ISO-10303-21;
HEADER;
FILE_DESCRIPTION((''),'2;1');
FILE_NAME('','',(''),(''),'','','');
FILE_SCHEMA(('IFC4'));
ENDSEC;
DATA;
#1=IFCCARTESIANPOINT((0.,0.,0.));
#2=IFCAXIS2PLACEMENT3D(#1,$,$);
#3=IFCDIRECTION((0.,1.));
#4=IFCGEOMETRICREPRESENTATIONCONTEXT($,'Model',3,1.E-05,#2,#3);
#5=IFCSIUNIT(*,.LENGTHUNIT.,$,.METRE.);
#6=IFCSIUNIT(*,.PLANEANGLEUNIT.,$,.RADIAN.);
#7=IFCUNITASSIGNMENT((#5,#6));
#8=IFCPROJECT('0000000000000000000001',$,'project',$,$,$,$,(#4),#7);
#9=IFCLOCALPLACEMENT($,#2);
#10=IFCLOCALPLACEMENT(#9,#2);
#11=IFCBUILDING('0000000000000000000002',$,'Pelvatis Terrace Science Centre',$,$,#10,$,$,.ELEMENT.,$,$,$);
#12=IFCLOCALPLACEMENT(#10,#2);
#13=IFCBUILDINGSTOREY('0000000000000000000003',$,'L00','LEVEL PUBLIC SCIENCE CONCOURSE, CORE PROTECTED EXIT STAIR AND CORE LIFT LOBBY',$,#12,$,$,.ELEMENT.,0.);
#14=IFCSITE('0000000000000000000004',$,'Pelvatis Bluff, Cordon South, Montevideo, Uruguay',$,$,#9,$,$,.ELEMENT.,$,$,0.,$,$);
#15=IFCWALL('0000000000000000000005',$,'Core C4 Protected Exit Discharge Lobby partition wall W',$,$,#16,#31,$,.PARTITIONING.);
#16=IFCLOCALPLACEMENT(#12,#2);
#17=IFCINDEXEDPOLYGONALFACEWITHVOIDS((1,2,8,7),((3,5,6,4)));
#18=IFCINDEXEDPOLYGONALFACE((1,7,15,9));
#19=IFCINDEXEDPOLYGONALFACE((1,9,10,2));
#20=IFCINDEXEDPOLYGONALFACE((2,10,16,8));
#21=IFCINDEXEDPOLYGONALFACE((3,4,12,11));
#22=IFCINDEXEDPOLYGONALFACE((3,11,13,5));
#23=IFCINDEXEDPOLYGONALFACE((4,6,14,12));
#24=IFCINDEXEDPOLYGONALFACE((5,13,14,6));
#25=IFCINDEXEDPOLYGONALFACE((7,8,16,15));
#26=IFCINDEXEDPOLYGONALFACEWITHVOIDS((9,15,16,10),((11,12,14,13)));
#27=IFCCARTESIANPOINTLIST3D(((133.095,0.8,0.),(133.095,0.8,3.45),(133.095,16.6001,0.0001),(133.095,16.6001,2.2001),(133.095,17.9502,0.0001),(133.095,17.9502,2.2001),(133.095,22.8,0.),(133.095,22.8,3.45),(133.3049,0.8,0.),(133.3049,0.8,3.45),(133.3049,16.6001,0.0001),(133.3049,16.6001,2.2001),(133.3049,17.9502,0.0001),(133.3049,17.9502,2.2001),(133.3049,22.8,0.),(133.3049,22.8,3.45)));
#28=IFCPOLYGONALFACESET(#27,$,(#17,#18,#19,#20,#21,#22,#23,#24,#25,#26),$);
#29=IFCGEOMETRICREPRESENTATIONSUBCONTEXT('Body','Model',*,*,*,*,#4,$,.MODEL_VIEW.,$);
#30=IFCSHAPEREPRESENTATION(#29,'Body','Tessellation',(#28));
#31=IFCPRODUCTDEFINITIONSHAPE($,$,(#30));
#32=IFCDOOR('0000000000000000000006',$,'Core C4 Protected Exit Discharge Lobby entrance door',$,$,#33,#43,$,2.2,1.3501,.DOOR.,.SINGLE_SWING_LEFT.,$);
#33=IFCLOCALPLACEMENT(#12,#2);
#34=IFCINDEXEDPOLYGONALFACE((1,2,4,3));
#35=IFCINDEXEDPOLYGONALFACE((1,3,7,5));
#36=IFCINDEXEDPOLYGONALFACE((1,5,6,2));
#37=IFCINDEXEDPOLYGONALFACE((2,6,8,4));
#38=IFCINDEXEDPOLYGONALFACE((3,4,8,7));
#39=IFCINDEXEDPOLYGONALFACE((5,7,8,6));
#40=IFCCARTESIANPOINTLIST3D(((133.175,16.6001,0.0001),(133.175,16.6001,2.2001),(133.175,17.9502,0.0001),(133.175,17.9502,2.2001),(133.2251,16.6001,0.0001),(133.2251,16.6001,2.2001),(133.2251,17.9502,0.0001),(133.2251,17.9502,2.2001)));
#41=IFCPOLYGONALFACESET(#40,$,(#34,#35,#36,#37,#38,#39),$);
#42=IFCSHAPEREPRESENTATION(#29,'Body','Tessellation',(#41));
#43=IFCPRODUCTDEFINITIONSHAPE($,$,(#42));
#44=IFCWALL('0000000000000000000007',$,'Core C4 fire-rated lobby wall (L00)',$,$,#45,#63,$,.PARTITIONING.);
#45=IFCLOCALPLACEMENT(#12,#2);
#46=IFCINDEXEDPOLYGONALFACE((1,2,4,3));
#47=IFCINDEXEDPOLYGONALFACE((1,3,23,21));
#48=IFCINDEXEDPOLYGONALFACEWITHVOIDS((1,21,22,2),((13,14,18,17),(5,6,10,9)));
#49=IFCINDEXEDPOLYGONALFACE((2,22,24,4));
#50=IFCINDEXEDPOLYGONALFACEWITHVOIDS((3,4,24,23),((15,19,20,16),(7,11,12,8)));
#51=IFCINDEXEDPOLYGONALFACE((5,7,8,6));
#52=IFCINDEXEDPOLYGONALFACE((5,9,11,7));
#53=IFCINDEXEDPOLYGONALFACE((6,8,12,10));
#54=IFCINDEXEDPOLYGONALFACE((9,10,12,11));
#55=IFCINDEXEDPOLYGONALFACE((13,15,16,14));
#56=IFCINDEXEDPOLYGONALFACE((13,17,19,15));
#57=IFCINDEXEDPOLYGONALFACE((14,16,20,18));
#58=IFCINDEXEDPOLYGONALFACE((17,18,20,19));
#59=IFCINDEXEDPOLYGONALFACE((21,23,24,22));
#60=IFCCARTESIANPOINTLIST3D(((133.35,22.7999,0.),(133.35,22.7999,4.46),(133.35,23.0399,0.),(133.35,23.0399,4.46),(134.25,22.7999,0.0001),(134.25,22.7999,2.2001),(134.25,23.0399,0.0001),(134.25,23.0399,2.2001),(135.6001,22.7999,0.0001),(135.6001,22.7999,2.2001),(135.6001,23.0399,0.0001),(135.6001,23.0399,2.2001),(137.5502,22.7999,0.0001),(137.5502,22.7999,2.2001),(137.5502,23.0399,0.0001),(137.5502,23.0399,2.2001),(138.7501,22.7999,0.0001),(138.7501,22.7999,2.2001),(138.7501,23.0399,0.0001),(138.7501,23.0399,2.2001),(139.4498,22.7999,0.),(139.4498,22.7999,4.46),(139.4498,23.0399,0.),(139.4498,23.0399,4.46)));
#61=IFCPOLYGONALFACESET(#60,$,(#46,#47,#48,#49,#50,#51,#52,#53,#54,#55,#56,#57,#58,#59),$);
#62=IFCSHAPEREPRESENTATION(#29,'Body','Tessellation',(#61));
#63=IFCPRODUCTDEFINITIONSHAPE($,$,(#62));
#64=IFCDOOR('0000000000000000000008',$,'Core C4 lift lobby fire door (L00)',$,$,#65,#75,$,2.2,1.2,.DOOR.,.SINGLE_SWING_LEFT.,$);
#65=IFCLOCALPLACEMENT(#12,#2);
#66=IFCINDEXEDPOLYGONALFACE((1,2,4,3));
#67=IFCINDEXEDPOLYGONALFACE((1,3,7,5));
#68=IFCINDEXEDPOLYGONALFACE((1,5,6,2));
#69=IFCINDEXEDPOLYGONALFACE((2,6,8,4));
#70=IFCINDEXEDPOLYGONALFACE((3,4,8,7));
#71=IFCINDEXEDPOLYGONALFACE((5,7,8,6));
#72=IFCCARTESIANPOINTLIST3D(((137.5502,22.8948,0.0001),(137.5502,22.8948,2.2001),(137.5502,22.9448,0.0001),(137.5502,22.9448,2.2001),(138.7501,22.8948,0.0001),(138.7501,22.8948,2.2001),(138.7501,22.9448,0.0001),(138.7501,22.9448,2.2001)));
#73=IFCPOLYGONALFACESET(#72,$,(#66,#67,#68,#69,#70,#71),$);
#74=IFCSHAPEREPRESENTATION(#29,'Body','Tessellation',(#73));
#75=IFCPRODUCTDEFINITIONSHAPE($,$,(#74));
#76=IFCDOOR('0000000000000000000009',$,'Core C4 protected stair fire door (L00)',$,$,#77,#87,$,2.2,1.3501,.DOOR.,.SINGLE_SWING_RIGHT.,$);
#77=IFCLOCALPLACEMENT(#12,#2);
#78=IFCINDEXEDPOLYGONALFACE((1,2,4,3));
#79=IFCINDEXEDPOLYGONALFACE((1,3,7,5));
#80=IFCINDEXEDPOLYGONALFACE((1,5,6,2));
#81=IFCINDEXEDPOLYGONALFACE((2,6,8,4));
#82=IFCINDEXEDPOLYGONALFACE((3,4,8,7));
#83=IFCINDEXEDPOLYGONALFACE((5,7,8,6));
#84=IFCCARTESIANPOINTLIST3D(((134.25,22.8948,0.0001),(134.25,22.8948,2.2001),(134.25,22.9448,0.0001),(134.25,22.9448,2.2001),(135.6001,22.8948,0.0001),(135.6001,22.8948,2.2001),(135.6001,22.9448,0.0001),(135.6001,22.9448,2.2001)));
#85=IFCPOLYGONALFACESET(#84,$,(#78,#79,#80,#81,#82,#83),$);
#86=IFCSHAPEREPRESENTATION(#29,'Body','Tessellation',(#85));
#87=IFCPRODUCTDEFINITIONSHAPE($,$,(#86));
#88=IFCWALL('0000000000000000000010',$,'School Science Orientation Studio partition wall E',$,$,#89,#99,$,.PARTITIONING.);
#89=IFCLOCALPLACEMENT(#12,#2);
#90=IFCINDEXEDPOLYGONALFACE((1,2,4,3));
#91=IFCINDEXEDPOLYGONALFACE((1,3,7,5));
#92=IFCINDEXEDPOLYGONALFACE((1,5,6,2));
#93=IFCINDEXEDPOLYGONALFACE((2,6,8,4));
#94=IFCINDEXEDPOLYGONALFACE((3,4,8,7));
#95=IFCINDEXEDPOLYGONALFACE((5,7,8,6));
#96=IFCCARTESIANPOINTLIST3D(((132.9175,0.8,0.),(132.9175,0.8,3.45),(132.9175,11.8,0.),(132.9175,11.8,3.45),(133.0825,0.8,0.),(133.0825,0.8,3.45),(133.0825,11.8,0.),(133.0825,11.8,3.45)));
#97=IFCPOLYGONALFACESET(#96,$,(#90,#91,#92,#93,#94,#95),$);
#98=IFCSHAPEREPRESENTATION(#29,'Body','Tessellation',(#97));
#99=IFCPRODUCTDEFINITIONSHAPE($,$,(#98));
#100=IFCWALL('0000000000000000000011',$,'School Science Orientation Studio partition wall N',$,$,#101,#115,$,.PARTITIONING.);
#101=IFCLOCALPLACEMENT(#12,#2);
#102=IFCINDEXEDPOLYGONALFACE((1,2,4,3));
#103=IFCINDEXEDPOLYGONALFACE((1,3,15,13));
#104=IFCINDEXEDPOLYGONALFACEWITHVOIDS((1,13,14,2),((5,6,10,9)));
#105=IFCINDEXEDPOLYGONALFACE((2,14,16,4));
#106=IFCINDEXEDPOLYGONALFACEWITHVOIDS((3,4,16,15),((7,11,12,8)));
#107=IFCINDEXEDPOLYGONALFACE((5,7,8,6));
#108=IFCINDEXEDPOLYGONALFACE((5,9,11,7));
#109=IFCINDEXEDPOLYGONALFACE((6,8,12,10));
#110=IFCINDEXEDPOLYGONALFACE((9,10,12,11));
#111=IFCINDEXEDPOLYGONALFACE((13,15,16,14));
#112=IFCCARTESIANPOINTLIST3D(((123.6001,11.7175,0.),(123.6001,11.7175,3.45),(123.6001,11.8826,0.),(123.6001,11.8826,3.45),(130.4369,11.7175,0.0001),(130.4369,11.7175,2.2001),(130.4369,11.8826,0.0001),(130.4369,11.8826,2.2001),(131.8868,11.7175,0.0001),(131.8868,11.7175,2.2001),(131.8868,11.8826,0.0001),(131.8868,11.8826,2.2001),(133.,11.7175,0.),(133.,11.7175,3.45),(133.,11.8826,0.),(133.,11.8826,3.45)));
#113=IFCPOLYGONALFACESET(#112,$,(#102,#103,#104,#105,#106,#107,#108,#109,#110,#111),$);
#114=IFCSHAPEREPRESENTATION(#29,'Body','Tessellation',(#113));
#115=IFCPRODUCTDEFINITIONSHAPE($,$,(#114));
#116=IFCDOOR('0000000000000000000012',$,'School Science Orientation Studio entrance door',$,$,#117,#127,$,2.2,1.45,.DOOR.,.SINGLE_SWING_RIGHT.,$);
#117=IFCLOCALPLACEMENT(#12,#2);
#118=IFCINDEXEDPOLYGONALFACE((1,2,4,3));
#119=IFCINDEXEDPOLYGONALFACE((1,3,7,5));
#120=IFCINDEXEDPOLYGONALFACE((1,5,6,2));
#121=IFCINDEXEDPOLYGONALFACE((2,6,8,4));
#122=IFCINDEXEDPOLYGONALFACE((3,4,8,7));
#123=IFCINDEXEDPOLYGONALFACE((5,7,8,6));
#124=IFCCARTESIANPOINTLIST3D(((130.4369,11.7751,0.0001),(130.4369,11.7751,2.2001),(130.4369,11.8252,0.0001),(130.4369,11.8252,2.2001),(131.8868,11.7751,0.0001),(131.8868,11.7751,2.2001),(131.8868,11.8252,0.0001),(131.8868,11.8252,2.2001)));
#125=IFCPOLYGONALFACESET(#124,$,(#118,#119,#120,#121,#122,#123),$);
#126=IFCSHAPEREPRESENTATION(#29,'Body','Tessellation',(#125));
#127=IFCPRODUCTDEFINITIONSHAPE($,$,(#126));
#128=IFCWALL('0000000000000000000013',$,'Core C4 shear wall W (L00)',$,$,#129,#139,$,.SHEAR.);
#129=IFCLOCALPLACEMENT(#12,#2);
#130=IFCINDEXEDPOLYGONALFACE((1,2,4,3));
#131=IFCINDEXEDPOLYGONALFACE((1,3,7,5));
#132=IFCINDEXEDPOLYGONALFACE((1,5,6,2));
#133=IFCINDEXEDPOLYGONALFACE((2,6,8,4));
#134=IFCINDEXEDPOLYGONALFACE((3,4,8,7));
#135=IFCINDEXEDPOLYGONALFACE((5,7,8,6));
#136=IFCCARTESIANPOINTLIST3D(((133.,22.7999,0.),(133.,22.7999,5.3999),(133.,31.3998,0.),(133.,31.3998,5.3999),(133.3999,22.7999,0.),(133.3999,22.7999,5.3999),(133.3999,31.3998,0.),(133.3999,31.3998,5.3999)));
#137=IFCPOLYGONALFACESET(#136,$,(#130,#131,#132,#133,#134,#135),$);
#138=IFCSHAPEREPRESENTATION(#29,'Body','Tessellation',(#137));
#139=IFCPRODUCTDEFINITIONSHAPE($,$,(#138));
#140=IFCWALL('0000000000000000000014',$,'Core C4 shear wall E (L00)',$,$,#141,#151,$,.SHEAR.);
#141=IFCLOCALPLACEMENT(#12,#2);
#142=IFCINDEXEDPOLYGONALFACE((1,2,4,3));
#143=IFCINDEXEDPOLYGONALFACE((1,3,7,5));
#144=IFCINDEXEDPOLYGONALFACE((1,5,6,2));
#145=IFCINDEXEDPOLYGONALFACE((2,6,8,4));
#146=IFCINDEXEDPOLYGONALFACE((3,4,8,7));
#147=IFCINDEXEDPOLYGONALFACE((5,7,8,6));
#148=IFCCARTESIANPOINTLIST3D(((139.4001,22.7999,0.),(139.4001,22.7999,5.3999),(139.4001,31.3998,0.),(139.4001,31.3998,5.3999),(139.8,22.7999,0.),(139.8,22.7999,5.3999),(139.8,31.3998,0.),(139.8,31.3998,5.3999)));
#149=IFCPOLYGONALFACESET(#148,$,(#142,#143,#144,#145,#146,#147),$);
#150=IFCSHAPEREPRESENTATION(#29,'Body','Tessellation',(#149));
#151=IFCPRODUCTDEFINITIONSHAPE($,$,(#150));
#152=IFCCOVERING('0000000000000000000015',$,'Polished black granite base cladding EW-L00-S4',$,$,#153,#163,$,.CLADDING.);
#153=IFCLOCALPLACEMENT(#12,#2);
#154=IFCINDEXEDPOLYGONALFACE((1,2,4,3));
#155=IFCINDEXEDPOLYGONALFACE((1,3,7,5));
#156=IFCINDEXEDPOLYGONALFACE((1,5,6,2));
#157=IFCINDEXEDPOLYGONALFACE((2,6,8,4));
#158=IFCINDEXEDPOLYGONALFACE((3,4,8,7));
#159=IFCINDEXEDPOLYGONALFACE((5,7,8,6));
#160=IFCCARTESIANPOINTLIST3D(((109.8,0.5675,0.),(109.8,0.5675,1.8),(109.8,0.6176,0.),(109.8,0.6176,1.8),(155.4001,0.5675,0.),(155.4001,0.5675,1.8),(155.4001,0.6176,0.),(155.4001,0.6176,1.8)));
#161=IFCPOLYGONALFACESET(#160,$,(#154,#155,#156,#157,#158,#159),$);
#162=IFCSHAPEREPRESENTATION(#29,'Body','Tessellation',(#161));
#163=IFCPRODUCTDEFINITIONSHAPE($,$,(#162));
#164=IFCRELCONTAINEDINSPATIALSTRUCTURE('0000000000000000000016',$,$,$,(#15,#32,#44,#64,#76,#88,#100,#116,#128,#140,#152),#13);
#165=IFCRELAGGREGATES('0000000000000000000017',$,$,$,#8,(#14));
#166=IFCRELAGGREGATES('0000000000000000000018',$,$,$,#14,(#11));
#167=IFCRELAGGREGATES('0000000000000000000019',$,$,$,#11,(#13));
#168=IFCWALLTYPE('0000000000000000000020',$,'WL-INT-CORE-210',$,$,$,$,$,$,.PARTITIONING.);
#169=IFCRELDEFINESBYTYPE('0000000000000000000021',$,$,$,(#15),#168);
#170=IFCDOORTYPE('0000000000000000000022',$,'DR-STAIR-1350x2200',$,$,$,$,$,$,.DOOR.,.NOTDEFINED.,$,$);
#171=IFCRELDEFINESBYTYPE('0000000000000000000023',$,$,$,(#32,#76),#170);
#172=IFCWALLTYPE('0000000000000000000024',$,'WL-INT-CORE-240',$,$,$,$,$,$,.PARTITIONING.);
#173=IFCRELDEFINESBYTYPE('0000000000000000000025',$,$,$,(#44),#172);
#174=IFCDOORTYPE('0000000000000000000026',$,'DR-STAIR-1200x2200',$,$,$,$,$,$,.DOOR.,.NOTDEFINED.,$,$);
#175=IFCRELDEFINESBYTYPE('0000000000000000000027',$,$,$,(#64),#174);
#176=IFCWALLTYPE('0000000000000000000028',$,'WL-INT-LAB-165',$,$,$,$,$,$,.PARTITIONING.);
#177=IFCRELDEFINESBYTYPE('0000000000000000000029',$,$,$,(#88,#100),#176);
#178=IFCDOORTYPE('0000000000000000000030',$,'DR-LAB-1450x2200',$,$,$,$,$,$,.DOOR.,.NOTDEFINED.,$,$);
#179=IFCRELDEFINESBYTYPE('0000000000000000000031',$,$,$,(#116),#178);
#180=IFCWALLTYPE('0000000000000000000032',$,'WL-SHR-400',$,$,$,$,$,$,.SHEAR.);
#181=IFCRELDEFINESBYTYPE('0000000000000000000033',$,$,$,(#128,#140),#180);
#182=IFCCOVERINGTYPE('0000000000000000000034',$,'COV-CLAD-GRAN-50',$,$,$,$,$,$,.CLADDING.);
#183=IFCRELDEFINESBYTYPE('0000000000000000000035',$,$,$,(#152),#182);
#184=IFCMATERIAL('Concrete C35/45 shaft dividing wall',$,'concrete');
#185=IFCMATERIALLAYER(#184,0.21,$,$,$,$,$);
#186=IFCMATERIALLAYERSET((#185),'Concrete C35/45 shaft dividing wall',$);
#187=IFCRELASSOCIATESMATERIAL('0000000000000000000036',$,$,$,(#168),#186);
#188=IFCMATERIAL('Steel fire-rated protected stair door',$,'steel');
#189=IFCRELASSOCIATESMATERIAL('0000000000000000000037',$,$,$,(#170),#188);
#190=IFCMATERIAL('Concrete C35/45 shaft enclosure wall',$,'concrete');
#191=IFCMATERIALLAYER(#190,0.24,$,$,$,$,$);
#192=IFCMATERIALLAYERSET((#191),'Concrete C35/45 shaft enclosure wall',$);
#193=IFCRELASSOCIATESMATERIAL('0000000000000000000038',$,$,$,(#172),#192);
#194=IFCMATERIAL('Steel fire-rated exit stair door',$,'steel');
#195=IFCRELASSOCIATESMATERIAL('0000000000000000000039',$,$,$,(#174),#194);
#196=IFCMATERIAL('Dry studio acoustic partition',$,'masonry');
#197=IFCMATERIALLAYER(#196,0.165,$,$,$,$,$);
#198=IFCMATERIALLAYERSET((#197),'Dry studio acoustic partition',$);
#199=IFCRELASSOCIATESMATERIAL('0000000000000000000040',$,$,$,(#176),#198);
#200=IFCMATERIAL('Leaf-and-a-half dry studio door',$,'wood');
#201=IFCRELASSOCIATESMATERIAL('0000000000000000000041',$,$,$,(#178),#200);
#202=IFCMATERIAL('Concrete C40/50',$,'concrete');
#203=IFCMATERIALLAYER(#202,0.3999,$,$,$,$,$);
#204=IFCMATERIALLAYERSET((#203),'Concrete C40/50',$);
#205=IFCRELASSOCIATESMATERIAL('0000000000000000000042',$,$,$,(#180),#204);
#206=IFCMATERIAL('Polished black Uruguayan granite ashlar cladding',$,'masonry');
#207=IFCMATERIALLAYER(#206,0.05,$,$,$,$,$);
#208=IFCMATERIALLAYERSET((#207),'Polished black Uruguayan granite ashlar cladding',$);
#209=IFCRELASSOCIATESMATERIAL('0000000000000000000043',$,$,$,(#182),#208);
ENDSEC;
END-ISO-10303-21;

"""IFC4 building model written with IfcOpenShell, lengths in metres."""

from ifc_helpers import new_model, si_unit, direction, frame, frame_2d, origin, origin_2d, place, context, subcontext, project, spatial, rectangle, extrude, material, layer, layer_set, type_object, element, fill, save


model = new_model("IFC4")

# Units and contexts
model_context = context("Model", 3, precision=1e-05, world=origin(), true_north=direction((0.0, 1.0)))
body_context = subcontext(model_context, "Body", "Model", "MODEL_VIEW")
ifc_project = project(units=[si_unit("LENGTHUNIT", "METRE"), si_unit("PLANEANGLEUNIT", "RADIAN")], contexts=[model_context])

# Site, building, storey
site_placement = place(None, origin())
site = spatial("IfcSite", under=ifc_project, at=site_placement, Name="Pelvatis Bluff, Cordon South, Montevideo, Uruguay", CompositionType="ELEMENT", RefElevation=0.0)
building_placement = place(site_placement, origin())
building = spatial("IfcBuilding", under=site, at=building_placement, Name="Pelvatis Terrace Science Centre", CompositionType="ELEMENT")
storey_placement = place(building_placement, origin())
storey = spatial("IfcBuildingStorey", under=building, at=storey_placement, Name="L00", Description="LEVEL PUBLIC SCIENCE CONCOURSE, CORE PROTECTED EXIT STAIR AND CORE LIFT LOBBY", CompositionType="ELEMENT", Elevation=0.0)

# Shared definitions
ifc_material_1 = material(Name="Concrete C35/45 shaft dividing wall", Category="concrete")
ifc_layer_1 = layer(ifc_material_1, 0.21)
ifc_layer_set_1 = layer_set([ifc_layer_1], Name="Concrete C35/45 shaft dividing wall")
wall_type_1 = type_object("IfcWallType", Name="WL-INT-CORE-210", PredefinedType="PARTITIONING", material=ifc_layer_set_1)

# Wall, opening, door
wall_1_placement = place(storey_placement, frame((133.2, 0.8, 0.0), z_axis=(0.0, 0.0, 1.0), x_axis=(0.0, 1.0, 0.0)))
wall_1 = element("IfcWall", 1, at=wall_1_placement, inside=storey, type_object=wall_type_1, Name="Core C4 Protected Exit Discharge Lobby partition wall W", PredefinedType="PARTITIONING", context=body_context, shape_type="SweptSolid", body=[
    extrude(rectangle(XDim=22.0, YDim=0.21, at=frame_2d((11.0, 0.0))), origin(), (0.0, 0.0, 1.0), 3.45),
])
opening_1_placement = place(wall_1_placement, frame((15.8, 0.0, 0.0)))
opening_1 = element("IfcOpeningElement", 2, at=opening_1_placement, cuts=wall_1, PredefinedType="OPENING", context=body_context, shape_type="SweptSolid", body=[
    extrude(rectangle(XDim=1.3501, YDim=2.2, at=frame_2d((0.675, 1.1001))), frame((0.0, 0.115, 0.0), z_axis=(0.0, -1.0, 0.0), x_axis=(1.0, 0.0, 0.0)), (0.0, 0.0, 1.0), 0.23),
])
ifc_material_2 = material(Name="Steel fire-rated protected stair door", Category="steel")
door_type_1 = type_object("IfcDoorType", Name="DR-STAIR-1350x2200", OperationType="NOTDEFINED", PredefinedType="DOOR", material=ifc_material_2)
door_1_placement = place(opening_1_placement, origin())
door_1 = element("IfcDoor", 3, at=door_1_placement, inside=storey, type_object=door_type_1, Name="Core C4 Protected Exit Discharge Lobby entrance door", OperationType="SINGLE_SWING_LEFT", OverallHeight=2.2, OverallWidth=1.3501, PredefinedType="DOOR", context=body_context, shape_type="SweptSolid", body=[
    extrude(rectangle(XDim=1.3501, YDim=2.2, at=frame_2d((0.675, 1.1001))), frame((0.0, 0.0249, 0.0), z_axis=(0.0, -1.0, 0.0), x_axis=(1.0, 0.0, 0.0)), (0.0, 0.0, 1.0), 0.05),
])
fill(opening_1, door_1)

# Wall, openings, doors
ifc_material_3 = material(Name="Concrete C35/45 shaft enclosure wall", Category="concrete")
ifc_layer_2 = layer(ifc_material_3, 0.24)
ifc_layer_set_2 = layer_set([ifc_layer_2], Name="Concrete C35/45 shaft enclosure wall")
wall_type_2 = type_object("IfcWallType", Name="WL-INT-CORE-240", PredefinedType="PARTITIONING", material=ifc_layer_set_2)
wall_2_placement = place(storey_placement, frame((133.3501, 22.9199, 0.0), z_axis=(0.0, 0.0, 1.0), x_axis=(1.0, 0.0, 0.0)))
wall_2 = element("IfcWall", 4, at=wall_2_placement, inside=storey, type_object=wall_type_2, Name="Core C4 fire-rated lobby wall (L00)", PredefinedType="PARTITIONING", context=body_context, shape_type="SweptSolid", body=[
    extrude(rectangle(XDim=6.0999, YDim=0.24, at=frame_2d((3.0498, 0.0))), origin(), (0.0, 0.0, 1.0), 4.46),
])
opening_2_placement = place(wall_2_placement, frame((0.8999, 0.0, 0.0)))
opening_2 = element("IfcOpeningElement", 5, at=opening_2_placement, cuts=wall_2, PredefinedType="OPENING", context=body_context, shape_type="SweptSolid", body=[
    extrude(rectangle(XDim=1.3501, YDim=2.2, at=frame_2d((0.675, 1.1001))), frame((0.0, 0.1299, 0.0), z_axis=(0.0, -1.0, 0.0), x_axis=(1.0, 0.0, 0.0)), (0.0, 0.0, 1.0), 0.26),
])
opening_3_placement = place(wall_2_placement, frame((4.2, 0.0, 0.0)))
opening_3 = element("IfcOpeningElement", 6, at=opening_3_placement, cuts=wall_2, PredefinedType="OPENING", context=body_context, shape_type="SweptSolid", body=[
    extrude(rectangle(XDim=1.2, YDim=2.2, at=frame_2d((0.6001, 1.1001))), frame((0.0, 0.1299, 0.0), z_axis=(0.0, -1.0, 0.0), x_axis=(1.0, 0.0, 0.0)), (0.0, 0.0, 1.0), 0.26),
])
ifc_material_4 = material(Name="Steel fire-rated exit stair door", Category="steel")
door_type_2 = type_object("IfcDoorType", Name="DR-STAIR-1200x2200", OperationType="NOTDEFINED", PredefinedType="DOOR", material=ifc_material_4)
door_2_placement = place(opening_3_placement, origin())
door_2 = element("IfcDoor", 7, at=door_2_placement, inside=storey, type_object=door_type_2, Name="Core C4 lift lobby fire door (L00)", OperationType="SINGLE_SWING_LEFT", OverallHeight=2.2, OverallWidth=1.2, PredefinedType="DOOR", context=body_context, shape_type="SweptSolid", body=[
    extrude(rectangle(XDim=1.2, YDim=2.2, at=frame_2d((0.6001, 1.1001))), frame((0.0, 0.0249, 0.0), z_axis=(0.0, -1.0, 0.0), x_axis=(1.0, 0.0, 0.0)), (0.0, 0.0, 1.0), 0.05),
])
fill(opening_3, door_2)
door_3_placement = place(opening_2_placement, origin())
door_3 = element("IfcDoor", 8, at=door_3_placement, inside=storey, type_object=door_type_1, Name="Core C4 protected stair fire door (L00)", OperationType="SINGLE_SWING_RIGHT", OverallHeight=2.2, OverallWidth=1.3501, PredefinedType="DOOR", context=body_context, shape_type="SweptSolid", body=[
    extrude(rectangle(XDim=1.3501, YDim=2.2, at=frame_2d((0.675, 1.1001))), frame((0.0, 0.0249, 0.0), z_axis=(0.0, -1.0, 0.0), x_axis=(1.0, 0.0, 0.0)), (0.0, 0.0, 1.0), 0.05),
])
fill(opening_2, door_3)

# Wall
ifc_material_5 = material(Name="Dry studio acoustic partition", Category="masonry")
ifc_layer_3 = layer(ifc_material_5, 0.165)
ifc_layer_set_3 = layer_set([ifc_layer_3], Name="Dry studio acoustic partition")
wall_type_3 = type_object("IfcWallType", Name="WL-INT-LAB-165", PredefinedType="PARTITIONING", material=ifc_layer_set_3)
wall_3_placement = place(storey_placement, frame((133.0, 0.8, 0.0), z_axis=(0.0, 0.0, 1.0), x_axis=(0.0, 1.0, 0.0)))
element("IfcWall", 9, at=wall_3_placement, inside=storey, type_object=wall_type_3, Name="School Science Orientation Studio partition wall E", PredefinedType="PARTITIONING", context=body_context, shape_type="SweptSolid", body=[
    extrude(rectangle(XDim=11.0, YDim=0.165, at=frame_2d((5.5, 0.0))), origin(), (0.0, 0.0, 1.0), 3.45),
])

# Wall, opening, door
wall_4_placement = place(storey_placement, frame((133.0, 11.8, 0.0), z_axis=(0.0, 0.0, 1.0), x_axis=(-1.0, 0.0, 0.0)))
wall_4 = element("IfcWall", 10, at=wall_4_placement, inside=storey, type_object=wall_type_3, Name="School Science Orientation Studio partition wall N", PredefinedType="PARTITIONING", context=body_context, shape_type="SweptSolid", body=[
    extrude(rectangle(XDim=9.3999, YDim=0.165, at=frame_2d((4.7, 0.0))), origin(), (0.0, 0.0, 1.0), 3.45),
])
opening_4_placement = place(wall_4_placement, frame((1.113, 0.0, 0.0)))
opening_4 = element("IfcOpeningElement", 11, at=opening_4_placement, cuts=wall_4, PredefinedType="OPENING", context=body_context, shape_type="SweptSolid", body=[
    extrude(rectangle(XDim=1.45, YDim=2.2, at=frame_2d((0.7251, 1.1001))), frame((0.0, 0.0925, 0.0), z_axis=(0.0, -1.0, 0.0), x_axis=(1.0, 0.0, 0.0)), (0.0, 0.0, 1.0), 0.1851),
])
ifc_material_6 = material(Name="Leaf-and-a-half dry studio door", Category="wood")
door_type_3 = type_object("IfcDoorType", Name="DR-LAB-1450x2200", OperationType="NOTDEFINED", PredefinedType="DOOR", material=ifc_material_6)
door_4_placement = place(opening_4_placement, origin())
door_4 = element("IfcDoor", 12, at=door_4_placement, inside=storey, type_object=door_type_3, Name="School Science Orientation Studio entrance door", OperationType="SINGLE_SWING_RIGHT", OverallHeight=2.2, OverallWidth=1.45, PredefinedType="DOOR", context=body_context, shape_type="SweptSolid", body=[
    extrude(rectangle(XDim=1.45, YDim=2.2, at=frame_2d((0.7251, 1.1001))), frame((0.0, 0.0249, 0.0), z_axis=(0.0, -1.0, 0.0), x_axis=(1.0, 0.0, 0.0)), (0.0, 0.0, 1.0), 0.05),
])
fill(opening_4, door_4)

# Walls
ifc_material_7 = material(Name="Concrete C40/50", Category="concrete")
ifc_layer_4 = layer(ifc_material_7, 0.3999)
ifc_layer_set_4 = layer_set([ifc_layer_4], Name="Concrete C40/50")
wall_type_4 = type_object("IfcWallType", Name="WL-SHR-400", PredefinedType="SHEAR", material=ifc_layer_set_4)
for number, where, z_axis, x_axis, name in (
    (13, (133.2, 22.8, 0.0), (0.0, 0.0, 1.0), (0.0, 1.0, 0.0), "Core C4 shear wall W (L00)"),
    (14, (139.6001, 22.8, 0.0), (0.0, 0.0, 1.0), (0.0, 1.0, 0.0), "Core C4 shear wall E (L00)"),
):
    element("IfcWall", number, at=place(storey_placement, frame(where, z_axis=z_axis, x_axis=x_axis)), inside=storey, type_object=wall_type_4, Name=name, PredefinedType="SHEAR", context=body_context, shape_type="SweptSolid", body=[
        extrude(rectangle(XDim=8.5999, YDim=0.3999, at=frame_2d((4.2998, 0.0))), origin(), (0.0, 0.0, 1.0), 5.3999),
    ])

# Covering
ifc_material_8 = material(Name="Polished black Uruguayan granite ashlar cladding", Category="masonry")
ifc_layer_5 = layer(ifc_material_8, 0.05)
ifc_layer_set_5 = layer_set([ifc_layer_5], Name="Polished black Uruguayan granite ashlar cladding")
covering_type = type_object("IfcCoveringType", Name="COV-CLAD-GRAN-50", PredefinedType="CLADDING", material=ifc_layer_set_5)
covering_placement = place(storey_placement, frame((132.6001, 0.5925, 0.0), z_axis=(0.0, 0.0, 1.0), x_axis=(1.0, 0.0, 0.0)))
element("IfcCovering", 15, at=covering_placement, inside=storey, type_object=covering_type, Name="Polished black granite base cladding EW-L00-S4", PredefinedType="CLADDING", context=body_context, shape_type="SweptSolid", body=[
    extrude(rectangle(XDim=45.6001, YDim=0.05, at=origin_2d()), origin(), (0.0, 0.0, 1.0), 1.8),
])

save(model, "model.ifc")
